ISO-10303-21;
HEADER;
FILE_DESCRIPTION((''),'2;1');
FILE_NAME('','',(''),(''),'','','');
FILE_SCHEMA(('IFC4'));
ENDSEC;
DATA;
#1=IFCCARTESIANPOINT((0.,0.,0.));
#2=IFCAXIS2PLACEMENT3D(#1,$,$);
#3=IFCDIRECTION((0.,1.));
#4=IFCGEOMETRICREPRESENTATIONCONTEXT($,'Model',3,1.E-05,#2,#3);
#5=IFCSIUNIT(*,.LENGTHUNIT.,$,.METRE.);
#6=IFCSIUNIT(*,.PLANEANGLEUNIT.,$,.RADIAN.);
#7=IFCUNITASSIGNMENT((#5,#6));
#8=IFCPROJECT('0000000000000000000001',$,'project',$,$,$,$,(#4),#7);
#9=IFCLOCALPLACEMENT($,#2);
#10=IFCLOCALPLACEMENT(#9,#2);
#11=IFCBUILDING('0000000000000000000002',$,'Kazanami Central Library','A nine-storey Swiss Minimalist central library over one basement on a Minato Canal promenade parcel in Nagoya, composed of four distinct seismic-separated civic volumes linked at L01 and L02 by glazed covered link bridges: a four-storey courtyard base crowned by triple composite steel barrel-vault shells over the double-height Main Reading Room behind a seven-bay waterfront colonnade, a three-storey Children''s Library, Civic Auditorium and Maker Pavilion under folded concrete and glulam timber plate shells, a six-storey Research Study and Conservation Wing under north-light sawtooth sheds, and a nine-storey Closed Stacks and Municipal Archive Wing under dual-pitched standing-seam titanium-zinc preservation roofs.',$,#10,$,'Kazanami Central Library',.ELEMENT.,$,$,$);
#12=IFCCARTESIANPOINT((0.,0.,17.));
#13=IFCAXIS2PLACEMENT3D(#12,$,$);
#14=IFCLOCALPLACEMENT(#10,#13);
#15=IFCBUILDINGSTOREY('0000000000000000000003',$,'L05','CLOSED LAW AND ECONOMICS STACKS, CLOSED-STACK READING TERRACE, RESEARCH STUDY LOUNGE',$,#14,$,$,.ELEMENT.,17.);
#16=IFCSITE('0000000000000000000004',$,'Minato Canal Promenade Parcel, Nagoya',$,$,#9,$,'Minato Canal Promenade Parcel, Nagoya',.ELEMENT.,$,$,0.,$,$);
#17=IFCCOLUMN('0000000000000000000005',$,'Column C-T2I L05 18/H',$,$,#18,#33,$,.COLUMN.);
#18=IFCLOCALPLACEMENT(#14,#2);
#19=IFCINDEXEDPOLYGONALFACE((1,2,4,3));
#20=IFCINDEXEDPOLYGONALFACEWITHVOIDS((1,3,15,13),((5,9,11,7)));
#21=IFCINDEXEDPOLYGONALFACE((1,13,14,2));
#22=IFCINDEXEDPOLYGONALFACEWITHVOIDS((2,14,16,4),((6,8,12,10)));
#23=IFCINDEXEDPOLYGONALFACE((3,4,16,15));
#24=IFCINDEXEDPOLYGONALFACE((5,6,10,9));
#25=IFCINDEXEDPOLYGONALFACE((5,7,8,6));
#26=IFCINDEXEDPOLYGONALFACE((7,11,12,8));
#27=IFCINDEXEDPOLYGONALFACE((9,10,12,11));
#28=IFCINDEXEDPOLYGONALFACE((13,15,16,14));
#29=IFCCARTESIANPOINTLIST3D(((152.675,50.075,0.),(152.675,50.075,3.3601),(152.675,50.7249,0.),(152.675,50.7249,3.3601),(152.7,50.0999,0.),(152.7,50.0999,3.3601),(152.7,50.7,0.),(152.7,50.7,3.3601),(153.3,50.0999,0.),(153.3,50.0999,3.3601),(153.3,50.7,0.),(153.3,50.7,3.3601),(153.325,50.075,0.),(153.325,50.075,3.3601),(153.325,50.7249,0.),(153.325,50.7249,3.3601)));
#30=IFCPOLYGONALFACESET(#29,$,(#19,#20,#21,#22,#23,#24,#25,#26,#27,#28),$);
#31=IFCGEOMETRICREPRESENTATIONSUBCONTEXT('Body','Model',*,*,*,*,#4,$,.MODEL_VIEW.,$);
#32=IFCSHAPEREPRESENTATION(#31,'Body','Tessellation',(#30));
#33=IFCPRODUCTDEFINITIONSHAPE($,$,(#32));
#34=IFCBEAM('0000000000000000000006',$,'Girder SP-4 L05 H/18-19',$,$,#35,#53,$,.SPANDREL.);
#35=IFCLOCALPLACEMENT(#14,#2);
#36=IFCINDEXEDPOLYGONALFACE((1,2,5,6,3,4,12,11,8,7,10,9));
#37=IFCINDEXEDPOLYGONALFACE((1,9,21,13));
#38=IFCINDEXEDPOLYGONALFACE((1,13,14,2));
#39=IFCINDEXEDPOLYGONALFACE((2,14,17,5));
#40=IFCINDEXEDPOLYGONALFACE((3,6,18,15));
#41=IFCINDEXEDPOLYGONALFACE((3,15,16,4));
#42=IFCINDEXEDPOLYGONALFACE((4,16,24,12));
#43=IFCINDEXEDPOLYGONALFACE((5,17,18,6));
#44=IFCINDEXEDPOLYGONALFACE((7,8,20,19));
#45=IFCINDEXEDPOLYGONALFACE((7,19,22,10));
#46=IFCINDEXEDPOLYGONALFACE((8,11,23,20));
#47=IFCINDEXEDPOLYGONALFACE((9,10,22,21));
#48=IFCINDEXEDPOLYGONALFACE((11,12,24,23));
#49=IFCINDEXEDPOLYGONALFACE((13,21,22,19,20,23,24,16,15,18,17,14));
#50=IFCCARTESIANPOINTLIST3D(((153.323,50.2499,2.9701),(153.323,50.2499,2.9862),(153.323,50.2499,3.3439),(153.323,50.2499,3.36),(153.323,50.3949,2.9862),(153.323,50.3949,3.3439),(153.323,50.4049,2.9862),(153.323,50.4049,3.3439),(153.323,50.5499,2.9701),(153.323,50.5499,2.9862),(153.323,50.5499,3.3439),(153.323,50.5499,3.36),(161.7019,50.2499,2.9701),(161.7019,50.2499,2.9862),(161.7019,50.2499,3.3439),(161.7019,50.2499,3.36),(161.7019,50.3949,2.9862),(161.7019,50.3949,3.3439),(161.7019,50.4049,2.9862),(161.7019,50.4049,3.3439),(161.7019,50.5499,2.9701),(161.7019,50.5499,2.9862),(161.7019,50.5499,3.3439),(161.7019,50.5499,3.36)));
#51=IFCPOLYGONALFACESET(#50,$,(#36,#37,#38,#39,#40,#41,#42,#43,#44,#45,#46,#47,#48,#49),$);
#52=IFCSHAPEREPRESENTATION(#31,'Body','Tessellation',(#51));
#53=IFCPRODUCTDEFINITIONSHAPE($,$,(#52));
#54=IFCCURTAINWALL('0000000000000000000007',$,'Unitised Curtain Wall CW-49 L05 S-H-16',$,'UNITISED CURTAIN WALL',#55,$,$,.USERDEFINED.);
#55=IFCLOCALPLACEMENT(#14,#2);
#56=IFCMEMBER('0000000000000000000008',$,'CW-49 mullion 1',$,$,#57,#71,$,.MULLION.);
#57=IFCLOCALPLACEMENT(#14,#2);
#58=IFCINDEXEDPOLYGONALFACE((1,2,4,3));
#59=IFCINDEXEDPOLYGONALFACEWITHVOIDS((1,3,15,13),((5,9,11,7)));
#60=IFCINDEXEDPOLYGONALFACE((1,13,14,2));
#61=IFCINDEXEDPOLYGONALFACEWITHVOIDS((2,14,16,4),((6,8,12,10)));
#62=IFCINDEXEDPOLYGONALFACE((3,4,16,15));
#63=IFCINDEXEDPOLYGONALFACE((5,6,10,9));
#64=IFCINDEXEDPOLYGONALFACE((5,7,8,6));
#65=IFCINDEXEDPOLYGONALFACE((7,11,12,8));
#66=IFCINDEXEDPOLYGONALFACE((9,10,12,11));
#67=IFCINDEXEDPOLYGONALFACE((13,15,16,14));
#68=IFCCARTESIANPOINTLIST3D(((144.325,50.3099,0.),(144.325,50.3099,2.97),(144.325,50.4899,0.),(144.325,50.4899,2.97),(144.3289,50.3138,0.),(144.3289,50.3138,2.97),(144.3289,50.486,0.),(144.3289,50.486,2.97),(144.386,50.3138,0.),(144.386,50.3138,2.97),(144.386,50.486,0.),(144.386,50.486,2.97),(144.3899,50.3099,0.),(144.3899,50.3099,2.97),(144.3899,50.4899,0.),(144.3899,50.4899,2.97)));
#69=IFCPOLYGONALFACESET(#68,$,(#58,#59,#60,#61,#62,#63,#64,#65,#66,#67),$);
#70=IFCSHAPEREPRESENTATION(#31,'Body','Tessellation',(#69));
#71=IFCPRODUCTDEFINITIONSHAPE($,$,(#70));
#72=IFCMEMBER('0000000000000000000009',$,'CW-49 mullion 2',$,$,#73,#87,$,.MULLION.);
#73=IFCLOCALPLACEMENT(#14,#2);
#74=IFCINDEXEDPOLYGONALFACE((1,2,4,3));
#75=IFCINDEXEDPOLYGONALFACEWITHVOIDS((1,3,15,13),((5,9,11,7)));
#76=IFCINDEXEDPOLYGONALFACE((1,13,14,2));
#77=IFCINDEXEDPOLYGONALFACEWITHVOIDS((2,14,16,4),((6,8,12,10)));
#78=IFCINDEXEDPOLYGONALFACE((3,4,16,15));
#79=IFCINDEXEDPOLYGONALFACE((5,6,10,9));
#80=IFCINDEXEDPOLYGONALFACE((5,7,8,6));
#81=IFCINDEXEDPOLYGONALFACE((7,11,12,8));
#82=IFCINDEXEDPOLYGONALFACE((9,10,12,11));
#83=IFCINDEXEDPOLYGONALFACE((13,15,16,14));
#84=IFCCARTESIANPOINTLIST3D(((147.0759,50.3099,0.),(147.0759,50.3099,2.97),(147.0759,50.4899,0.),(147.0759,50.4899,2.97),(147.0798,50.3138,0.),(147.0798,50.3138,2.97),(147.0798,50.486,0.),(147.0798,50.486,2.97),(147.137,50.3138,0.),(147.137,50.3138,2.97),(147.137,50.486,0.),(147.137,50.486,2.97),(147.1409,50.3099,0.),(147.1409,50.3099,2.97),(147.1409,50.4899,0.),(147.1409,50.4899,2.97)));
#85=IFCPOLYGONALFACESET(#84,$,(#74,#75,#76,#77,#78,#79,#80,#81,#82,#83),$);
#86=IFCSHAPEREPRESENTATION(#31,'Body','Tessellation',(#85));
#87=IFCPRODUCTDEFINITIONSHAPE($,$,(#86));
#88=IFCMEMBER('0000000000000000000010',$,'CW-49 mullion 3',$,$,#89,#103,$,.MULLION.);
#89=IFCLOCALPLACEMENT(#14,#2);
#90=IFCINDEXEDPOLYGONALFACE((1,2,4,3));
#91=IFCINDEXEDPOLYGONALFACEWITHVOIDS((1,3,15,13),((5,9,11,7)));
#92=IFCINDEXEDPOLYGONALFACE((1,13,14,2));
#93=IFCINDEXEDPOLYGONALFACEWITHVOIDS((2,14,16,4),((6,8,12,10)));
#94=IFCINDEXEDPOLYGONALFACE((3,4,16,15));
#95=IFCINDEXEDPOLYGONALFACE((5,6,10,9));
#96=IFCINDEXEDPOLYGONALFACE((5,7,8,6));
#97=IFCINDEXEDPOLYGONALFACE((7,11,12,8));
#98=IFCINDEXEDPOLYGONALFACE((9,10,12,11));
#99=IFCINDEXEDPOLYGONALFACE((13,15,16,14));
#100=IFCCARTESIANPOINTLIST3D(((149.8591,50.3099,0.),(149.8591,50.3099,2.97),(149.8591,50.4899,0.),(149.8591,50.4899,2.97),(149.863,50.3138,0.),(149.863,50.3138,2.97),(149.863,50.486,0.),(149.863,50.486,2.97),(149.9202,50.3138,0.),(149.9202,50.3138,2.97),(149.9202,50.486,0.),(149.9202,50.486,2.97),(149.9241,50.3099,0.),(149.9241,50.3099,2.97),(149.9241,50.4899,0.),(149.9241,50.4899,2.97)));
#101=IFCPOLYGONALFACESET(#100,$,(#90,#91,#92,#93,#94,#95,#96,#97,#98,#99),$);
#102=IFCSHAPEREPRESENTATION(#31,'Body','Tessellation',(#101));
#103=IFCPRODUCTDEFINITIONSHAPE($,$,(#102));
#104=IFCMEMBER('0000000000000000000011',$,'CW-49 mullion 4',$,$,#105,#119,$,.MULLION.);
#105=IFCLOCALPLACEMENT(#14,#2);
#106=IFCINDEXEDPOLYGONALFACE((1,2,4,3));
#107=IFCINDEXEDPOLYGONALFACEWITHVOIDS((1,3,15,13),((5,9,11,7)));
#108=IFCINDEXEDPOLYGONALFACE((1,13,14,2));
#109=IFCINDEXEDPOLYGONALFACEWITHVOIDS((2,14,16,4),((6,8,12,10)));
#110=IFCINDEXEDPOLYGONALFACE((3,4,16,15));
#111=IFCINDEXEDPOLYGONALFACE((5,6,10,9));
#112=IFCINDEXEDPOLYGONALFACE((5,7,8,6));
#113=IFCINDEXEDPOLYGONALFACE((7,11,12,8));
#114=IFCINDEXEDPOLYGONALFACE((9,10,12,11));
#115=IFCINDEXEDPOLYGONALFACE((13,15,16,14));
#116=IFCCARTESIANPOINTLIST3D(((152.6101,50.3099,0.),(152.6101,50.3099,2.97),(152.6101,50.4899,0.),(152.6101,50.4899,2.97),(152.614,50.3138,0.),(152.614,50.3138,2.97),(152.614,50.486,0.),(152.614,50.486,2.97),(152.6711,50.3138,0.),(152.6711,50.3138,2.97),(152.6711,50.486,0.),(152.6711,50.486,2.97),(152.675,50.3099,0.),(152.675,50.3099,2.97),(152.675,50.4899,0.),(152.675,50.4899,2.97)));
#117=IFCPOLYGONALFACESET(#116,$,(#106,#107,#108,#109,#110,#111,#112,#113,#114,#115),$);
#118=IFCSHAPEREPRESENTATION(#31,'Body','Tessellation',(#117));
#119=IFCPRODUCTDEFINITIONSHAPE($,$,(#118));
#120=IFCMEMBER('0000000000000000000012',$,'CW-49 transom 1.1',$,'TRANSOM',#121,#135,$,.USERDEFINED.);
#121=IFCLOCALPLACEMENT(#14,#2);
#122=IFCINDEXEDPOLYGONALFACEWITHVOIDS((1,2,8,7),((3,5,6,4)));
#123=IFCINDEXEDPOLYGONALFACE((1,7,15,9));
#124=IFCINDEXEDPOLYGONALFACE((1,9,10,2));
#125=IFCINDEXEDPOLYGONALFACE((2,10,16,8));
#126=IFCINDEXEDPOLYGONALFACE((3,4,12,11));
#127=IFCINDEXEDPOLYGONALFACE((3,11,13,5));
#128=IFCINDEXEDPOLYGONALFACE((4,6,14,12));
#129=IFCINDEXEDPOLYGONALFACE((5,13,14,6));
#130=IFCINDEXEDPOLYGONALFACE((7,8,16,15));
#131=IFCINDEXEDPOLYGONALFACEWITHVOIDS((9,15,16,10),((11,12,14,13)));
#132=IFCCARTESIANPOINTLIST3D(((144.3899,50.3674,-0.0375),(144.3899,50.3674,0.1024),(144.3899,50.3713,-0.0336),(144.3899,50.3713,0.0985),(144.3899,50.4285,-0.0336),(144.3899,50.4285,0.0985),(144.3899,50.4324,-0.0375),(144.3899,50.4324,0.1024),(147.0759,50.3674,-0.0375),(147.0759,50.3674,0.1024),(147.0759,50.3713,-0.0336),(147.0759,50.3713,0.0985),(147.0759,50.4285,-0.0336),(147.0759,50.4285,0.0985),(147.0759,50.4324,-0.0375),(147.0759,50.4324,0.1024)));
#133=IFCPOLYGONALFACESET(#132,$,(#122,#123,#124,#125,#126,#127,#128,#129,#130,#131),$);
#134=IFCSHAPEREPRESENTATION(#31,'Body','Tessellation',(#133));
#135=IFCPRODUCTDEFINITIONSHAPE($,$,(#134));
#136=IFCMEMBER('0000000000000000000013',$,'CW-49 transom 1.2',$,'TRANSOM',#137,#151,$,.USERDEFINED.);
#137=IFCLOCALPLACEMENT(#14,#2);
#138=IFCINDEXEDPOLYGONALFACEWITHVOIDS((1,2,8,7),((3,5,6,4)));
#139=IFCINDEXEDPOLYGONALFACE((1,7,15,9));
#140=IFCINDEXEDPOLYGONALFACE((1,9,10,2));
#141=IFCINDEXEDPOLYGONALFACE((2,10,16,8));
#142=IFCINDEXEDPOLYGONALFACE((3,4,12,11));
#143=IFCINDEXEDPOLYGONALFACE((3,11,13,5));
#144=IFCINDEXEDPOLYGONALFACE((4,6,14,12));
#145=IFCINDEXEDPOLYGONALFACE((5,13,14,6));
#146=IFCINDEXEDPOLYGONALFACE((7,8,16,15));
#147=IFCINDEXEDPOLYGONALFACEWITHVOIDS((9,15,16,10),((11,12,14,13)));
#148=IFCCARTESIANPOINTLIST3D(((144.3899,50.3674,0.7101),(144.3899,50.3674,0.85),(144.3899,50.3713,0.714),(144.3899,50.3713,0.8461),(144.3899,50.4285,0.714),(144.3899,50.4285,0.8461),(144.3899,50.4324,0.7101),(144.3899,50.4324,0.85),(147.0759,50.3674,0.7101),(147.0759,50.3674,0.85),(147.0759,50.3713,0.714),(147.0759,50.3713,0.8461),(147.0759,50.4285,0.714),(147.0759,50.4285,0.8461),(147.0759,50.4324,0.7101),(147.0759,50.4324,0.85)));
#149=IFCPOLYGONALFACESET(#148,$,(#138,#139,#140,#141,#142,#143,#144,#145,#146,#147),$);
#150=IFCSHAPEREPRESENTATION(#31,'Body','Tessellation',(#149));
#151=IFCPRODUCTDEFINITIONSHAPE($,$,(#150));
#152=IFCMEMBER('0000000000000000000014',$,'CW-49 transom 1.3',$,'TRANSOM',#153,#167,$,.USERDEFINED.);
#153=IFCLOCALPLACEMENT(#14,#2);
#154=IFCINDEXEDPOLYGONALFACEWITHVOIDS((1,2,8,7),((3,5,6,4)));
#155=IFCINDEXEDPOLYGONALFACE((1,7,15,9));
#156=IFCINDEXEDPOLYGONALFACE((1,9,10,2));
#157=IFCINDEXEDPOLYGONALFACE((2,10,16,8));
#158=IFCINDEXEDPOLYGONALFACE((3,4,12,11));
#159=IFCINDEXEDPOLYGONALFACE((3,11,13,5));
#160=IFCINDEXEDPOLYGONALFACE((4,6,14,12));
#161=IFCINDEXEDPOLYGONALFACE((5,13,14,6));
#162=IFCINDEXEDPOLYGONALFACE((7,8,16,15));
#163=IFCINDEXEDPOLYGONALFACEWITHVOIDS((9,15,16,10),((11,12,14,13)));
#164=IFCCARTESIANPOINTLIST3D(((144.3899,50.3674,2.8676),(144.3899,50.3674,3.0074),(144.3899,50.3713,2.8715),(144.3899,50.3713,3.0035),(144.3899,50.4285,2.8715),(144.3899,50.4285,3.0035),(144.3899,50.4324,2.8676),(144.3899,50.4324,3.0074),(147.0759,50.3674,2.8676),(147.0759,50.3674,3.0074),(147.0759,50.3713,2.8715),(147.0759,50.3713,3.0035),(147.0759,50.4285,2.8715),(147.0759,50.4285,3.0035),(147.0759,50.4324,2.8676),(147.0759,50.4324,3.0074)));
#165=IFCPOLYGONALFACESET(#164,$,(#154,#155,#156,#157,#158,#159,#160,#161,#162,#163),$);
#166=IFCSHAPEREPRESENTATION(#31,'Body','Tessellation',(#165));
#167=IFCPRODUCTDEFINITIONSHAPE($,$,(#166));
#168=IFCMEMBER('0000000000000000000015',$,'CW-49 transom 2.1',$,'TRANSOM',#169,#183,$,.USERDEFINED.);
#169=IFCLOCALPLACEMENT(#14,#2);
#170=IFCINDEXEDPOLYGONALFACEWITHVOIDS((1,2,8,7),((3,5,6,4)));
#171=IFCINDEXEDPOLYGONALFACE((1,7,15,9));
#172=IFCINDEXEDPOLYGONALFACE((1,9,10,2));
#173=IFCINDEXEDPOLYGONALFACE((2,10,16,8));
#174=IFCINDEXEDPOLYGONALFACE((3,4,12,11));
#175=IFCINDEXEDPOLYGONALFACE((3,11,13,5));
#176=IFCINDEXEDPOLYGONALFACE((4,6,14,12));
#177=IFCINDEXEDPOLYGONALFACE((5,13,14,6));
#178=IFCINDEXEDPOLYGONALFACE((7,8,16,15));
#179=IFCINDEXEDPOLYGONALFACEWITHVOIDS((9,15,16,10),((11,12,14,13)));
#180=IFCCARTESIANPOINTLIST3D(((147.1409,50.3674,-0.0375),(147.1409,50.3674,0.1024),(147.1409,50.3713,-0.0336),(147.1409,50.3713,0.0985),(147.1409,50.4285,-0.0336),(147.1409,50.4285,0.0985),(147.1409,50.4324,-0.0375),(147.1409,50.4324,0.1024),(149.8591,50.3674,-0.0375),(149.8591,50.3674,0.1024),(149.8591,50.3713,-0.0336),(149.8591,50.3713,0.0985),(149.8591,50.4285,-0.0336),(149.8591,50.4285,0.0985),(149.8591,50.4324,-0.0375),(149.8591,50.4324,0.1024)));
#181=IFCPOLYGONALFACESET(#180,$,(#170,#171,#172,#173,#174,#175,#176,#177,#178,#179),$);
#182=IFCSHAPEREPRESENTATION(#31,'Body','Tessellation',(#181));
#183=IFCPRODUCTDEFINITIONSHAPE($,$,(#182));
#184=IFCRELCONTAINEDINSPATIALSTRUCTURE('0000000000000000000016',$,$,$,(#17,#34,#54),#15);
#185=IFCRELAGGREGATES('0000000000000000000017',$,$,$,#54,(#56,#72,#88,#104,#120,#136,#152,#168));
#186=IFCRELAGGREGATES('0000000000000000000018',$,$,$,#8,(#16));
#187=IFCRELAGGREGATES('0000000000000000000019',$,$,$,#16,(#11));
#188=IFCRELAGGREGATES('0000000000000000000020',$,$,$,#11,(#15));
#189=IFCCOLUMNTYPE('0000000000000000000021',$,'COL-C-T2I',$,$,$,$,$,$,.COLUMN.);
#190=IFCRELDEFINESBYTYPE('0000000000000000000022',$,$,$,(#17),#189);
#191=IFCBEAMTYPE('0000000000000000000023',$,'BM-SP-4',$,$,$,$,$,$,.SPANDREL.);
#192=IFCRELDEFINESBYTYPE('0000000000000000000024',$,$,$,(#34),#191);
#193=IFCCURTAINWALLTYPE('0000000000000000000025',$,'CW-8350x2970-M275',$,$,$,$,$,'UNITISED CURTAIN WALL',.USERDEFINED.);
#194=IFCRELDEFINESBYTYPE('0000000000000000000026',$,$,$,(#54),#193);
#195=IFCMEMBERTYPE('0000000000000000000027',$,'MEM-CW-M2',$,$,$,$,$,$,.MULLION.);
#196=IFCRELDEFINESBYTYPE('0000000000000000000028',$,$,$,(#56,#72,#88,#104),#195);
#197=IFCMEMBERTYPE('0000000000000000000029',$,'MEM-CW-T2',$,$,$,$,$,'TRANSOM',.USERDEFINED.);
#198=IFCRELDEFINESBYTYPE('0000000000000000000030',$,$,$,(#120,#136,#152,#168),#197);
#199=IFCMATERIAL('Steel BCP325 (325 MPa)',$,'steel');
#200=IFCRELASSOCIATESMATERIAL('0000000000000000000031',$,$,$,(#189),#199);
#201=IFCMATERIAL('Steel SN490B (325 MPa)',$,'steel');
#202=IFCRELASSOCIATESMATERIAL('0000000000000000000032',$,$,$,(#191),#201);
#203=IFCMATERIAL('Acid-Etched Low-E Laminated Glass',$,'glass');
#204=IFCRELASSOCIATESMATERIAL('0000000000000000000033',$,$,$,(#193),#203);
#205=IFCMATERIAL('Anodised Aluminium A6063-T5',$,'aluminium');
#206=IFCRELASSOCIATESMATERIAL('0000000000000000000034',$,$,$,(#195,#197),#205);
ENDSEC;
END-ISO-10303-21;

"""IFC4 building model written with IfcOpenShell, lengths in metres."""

from ifc_helpers import new_model, si_unit, direction, frame, origin, origin_2d, place, context, subcontext, project, spatial, hollow_rectangle, i_section, extrude, material, material_profile, profile_set, type_object, element, aggregate, save


model = new_model("IFC4")

# Units and contexts
model_context = context("Model", 3, precision=1e-05, world=origin(), true_north=direction((0.0, 1.0)))
body_context = subcontext(model_context, "Body", "Model", "MODEL_VIEW")
ifc_project = project(units=[si_unit("LENGTHUNIT", "METRE"), si_unit("PLANEANGLEUNIT", "RADIAN")], contexts=[model_context])

# Site, building, storey
site_placement = place(None, origin())
site = spatial("IfcSite", under=ifc_project, at=site_placement, Name="Minato Canal Promenade Parcel, Nagoya", LongName="Minato Canal Promenade Parcel, Nagoya", CompositionType="ELEMENT", RefElevation=0.0)
building_placement = place(site_placement, origin())
building = spatial("IfcBuilding", under=site, at=building_placement, Name="Kazanami Central Library", Description="A nine-storey Swiss Minimalist central library over one basement on a Minato Canal promenade parcel in Nagoya, composed of four distinct seismic-separated civic volumes linked at L01 and L02 by glazed covered link bridges: a four-storey courtyard base crowned by triple composite steel barrel-vault shells over the double-height Main Reading Room behind a seven-bay waterfront colonnade, a three-storey Children's Library, Civic Auditorium and Maker Pavilion under folded concrete and glulam timber plate shells, a six-storey Research Study and Conservation Wing under north-light sawtooth sheds, and a nine-storey Closed Stacks and Municipal Archive Wing under dual-pitched standing-seam titanium-zinc preservation roofs.", LongName="Kazanami Central Library", CompositionType="ELEMENT")
storey_placement = place(building_placement, frame((0.0, 0.0, 17.0)))
storey = spatial("IfcBuildingStorey", under=building, at=storey_placement, Name="L05", Description="CLOSED LAW AND ECONOMICS STACKS, CLOSED-STACK READING TERRACE, RESEARCH STUDY LOUNGE", CompositionType="ELEMENT", Elevation=17.0)

# Column
ifc_material_1 = material(Name="Steel BCP325 (325 MPa)", Category="steel")
ifc_material_profile_1 = material_profile(ifc_material_1, hollow_rectangle(XDim=0.6499, YDim=0.6499, WallThickness=0.0249, at=origin_2d()), Name="BCP-650x650x25")
ifc_profile_set_1 = profile_set([ifc_material_profile_1], Name="Steel BCP325 (325 MPa)")
column_type = type_object("IfcColumnType", Name="COL-C-T2I", PredefinedType="COLUMN", material=ifc_profile_set_1)
column_placement = place(storey_placement, frame((153.0, 50.3999, 0.0), z_axis=(0.0, 0.0, 1.0), x_axis=(1.0, 0.0, 0.0)))
element("IfcColumn", 1, at=column_placement, inside=storey, type_object=column_type, Name="Column C-T2I L05 18/H", PredefinedType="COLUMN", context=body_context, shape_type="SweptSolid", body=[
    extrude(hollow_rectangle(XDim=0.6499, YDim=0.6499, WallThickness=0.0249, at=origin_2d()), origin(), (0.0, 0.0, 1.0), 3.3601),
])

# Beam
ifc_material_2 = material(Name="Steel SN490B (325 MPa)", Category="steel")
ifc_material_profile_2 = material_profile(ifc_material_2, i_section(OverallWidth=0.3, OverallDepth=0.3899, WebThickness=0.01, FlangeThickness=0.0161, at=origin_2d()), Name="H-390x300x10x16")
ifc_profile_set_2 = profile_set([ifc_material_profile_2], Name="Steel SN490B (325 MPa)")
beam_type = type_object("IfcBeamType", Name="BM-SP-4", PredefinedType="SPANDREL", material=ifc_profile_set_2)
beam_placement = place(storey_placement, frame((153.323, 50.3999, 3.165), z_axis=(1.0, 0.0, 0.0), x_axis=(0.0, 1.0, 0.0)))
element("IfcBeam", 2, at=beam_placement, inside=storey, type_object=beam_type, Name="Girder SP-4 L05 H/18-19", PredefinedType="SPANDREL", context=body_context, shape_type="SweptSolid", body=[
    extrude(i_section(OverallWidth=0.3, OverallDepth=0.3899, WebThickness=0.01, FlangeThickness=0.0161, at=origin_2d()), origin(), (0.0, 0.0, 1.0), 8.3789),
])

# Curtain wall, members
ifc_material_3 = material(Name="Acid-Etched Low-E Laminated Glass", Category="glass")
curtain_wall_type = type_object("IfcCurtainWallType", Name="CW-8350x2970-M275", ElementType="UNITISED CURTAIN WALL", PredefinedType="USERDEFINED", material=ifc_material_3)
curtain_wall_placement = place(storey_placement, origin())
curtain_wall = element("IfcCurtainWall", 3, at=curtain_wall_placement, inside=storey, type_object=curtain_wall_type, Name="Unitised Curtain Wall CW-49 L05 S-H-16", ObjectType="UNITISED CURTAIN WALL", PredefinedType="USERDEFINED")
ifc_material_4 = material(Name="Anodised Aluminium A6063-T5", Category="aluminium")
ifc_material_profile_3 = material_profile(ifc_material_4, hollow_rectangle(XDim=0.0649, YDim=0.1799, WallThickness=0.0039, at=origin_2d()), Name="ALU-MULL-65x180x4")
ifc_profile_set_3 = profile_set([ifc_material_profile_3], Name="Anodised Aluminium A6063-T5")
member_type_1 = type_object("IfcMemberType", Name="MEM-CW-M2", PredefinedType="MULLION", material=ifc_profile_set_3)
member_1_placement = place(storey_placement, frame((144.3574, 50.3999, 0.0), z_axis=(0.0, 0.0, 1.0), x_axis=(1.0, 0.0, 0.0)))
member_1 = element("IfcMember", 4, at=member_1_placement, type_object=member_type_1, Name="CW-49 mullion 1", PredefinedType="MULLION", context=body_context, shape_type="SweptSolid", body=[
    extrude(hollow_rectangle(XDim=0.0649, YDim=0.1799, WallThickness=0.0039, at=origin_2d()), origin(), (0.0, 0.0, 1.0), 2.97),
])
member_2_placement = place(storey_placement, frame((147.1084, 50.3999, 0.0), z_axis=(0.0, 0.0, 1.0), x_axis=(1.0, 0.0, 0.0)))
member_2 = element("IfcMember", 5, at=member_2_placement, type_object=member_type_1, Name="CW-49 mullion 2", PredefinedType="MULLION", context=body_context, shape_type="SweptSolid", body=[
    extrude(hollow_rectangle(XDim=0.0649, YDim=0.1799, WallThickness=0.0039, at=origin_2d()), origin(), (0.0, 0.0, 1.0), 2.97),
])
member_3_placement = place(storey_placement, frame((149.8916, 50.3999, 0.0), z_axis=(0.0, 0.0, 1.0), x_axis=(1.0, 0.0, 0.0)))
member_3 = element("IfcMember", 6, at=member_3_placement, type_object=member_type_1, Name="CW-49 mullion 3", PredefinedType="MULLION", context=body_context, shape_type="SweptSolid", body=[
    extrude(hollow_rectangle(XDim=0.0649, YDim=0.1799, WallThickness=0.0039, at=origin_2d()), origin(), (0.0, 0.0, 1.0), 2.97),
])
member_4_placement = place(storey_placement, frame((152.6426, 50.3999, 0.0), z_axis=(0.0, 0.0, 1.0), x_axis=(1.0, 0.0, 0.0)))
member_4 = element("IfcMember", 7, at=member_4_placement, type_object=member_type_1, Name="CW-49 mullion 4", PredefinedType="MULLION", context=body_context, shape_type="SweptSolid", body=[
    extrude(hollow_rectangle(XDim=0.0649, YDim=0.1799, WallThickness=0.0039, at=origin_2d()), origin(), (0.0, 0.0, 1.0), 2.97),
])
ifc_material_profile_4 = material_profile(ifc_material_4, hollow_rectangle(XDim=0.0649, YDim=0.1399, WallThickness=0.0039, at=origin_2d()), Name="ALU-TRAN-65x140x4")
ifc_profile_set_4 = profile_set([ifc_material_profile_4], Name="Anodised Aluminium A6063-T5")
member_type_2 = type_object("IfcMemberType", Name="MEM-CW-T2", ElementType="TRANSOM", PredefinedType="USERDEFINED", material=ifc_profile_set_4)
member_5_placement = place(storey_placement, frame((144.3899, 50.3999, 0.0325), z_axis=(1.0, 0.0, 0.0), x_axis=(0.0, 1.0, 0.0)))
member_5 = element("IfcMember", 8, at=member_5_placement, type_object=member_type_2, Name="CW-49 transom 1.1", ObjectType="TRANSOM", PredefinedType="USERDEFINED", context=body_context, shape_type="SweptSolid", body=[
    extrude(hollow_rectangle(XDim=0.0649, YDim=0.1399, WallThickness=0.0039, at=origin_2d()), origin(), (0.0, 0.0, 1.0), 2.686),
])
member_6_placement = place(storey_placement, frame((144.3899, 50.3999, 0.78), z_axis=(1.0, 0.0, 0.0), x_axis=(0.0, 1.0, 0.0)))
member_6 = element("IfcMember", 9, at=member_6_placement, type_object=member_type_2, Name="CW-49 transom 1.2", ObjectType="TRANSOM", PredefinedType="USERDEFINED", context=body_context, shape_type="SweptSolid", body=[
    extrude(hollow_rectangle(XDim=0.0649, YDim=0.1399, WallThickness=0.0039, at=origin_2d()), origin(), (0.0, 0.0, 1.0), 2.686),
])
member_7_placement = place(storey_placement, frame((144.3899, 50.3999, 2.9375), z_axis=(1.0, 0.0, 0.0), x_axis=(0.0, 1.0, 0.0)))
member_7 = element("IfcMember", 10, at=member_7_placement, type_object=member_type_2, Name="CW-49 transom 1.3", ObjectType="TRANSOM", PredefinedType="USERDEFINED", context=body_context, shape_type="SweptSolid", body=[
    extrude(hollow_rectangle(XDim=0.0649, YDim=0.1399, WallThickness=0.0039, at=origin_2d()), origin(), (0.0, 0.0, 1.0), 2.686),
])
member_8_placement = place(storey_placement, frame((147.1409, 50.3999, 0.0325), z_axis=(1.0, 0.0, 0.0), x_axis=(0.0, 1.0, 0.0)))
member_8 = element("IfcMember", 11, at=member_8_placement, type_object=member_type_2, Name="CW-49 transom 2.1", ObjectType="TRANSOM", PredefinedType="USERDEFINED", context=body_context, shape_type="SweptSolid", body=[
    extrude(hollow_rectangle(XDim=0.0649, YDim=0.1399, WallThickness=0.0039, at=origin_2d()), origin(), (0.0, 0.0, 1.0), 2.7183),
])
aggregate(curtain_wall, [member_1, member_2, member_3, member_4, member_5, member_6, member_7, member_8])

save(model, "model.ifc")
